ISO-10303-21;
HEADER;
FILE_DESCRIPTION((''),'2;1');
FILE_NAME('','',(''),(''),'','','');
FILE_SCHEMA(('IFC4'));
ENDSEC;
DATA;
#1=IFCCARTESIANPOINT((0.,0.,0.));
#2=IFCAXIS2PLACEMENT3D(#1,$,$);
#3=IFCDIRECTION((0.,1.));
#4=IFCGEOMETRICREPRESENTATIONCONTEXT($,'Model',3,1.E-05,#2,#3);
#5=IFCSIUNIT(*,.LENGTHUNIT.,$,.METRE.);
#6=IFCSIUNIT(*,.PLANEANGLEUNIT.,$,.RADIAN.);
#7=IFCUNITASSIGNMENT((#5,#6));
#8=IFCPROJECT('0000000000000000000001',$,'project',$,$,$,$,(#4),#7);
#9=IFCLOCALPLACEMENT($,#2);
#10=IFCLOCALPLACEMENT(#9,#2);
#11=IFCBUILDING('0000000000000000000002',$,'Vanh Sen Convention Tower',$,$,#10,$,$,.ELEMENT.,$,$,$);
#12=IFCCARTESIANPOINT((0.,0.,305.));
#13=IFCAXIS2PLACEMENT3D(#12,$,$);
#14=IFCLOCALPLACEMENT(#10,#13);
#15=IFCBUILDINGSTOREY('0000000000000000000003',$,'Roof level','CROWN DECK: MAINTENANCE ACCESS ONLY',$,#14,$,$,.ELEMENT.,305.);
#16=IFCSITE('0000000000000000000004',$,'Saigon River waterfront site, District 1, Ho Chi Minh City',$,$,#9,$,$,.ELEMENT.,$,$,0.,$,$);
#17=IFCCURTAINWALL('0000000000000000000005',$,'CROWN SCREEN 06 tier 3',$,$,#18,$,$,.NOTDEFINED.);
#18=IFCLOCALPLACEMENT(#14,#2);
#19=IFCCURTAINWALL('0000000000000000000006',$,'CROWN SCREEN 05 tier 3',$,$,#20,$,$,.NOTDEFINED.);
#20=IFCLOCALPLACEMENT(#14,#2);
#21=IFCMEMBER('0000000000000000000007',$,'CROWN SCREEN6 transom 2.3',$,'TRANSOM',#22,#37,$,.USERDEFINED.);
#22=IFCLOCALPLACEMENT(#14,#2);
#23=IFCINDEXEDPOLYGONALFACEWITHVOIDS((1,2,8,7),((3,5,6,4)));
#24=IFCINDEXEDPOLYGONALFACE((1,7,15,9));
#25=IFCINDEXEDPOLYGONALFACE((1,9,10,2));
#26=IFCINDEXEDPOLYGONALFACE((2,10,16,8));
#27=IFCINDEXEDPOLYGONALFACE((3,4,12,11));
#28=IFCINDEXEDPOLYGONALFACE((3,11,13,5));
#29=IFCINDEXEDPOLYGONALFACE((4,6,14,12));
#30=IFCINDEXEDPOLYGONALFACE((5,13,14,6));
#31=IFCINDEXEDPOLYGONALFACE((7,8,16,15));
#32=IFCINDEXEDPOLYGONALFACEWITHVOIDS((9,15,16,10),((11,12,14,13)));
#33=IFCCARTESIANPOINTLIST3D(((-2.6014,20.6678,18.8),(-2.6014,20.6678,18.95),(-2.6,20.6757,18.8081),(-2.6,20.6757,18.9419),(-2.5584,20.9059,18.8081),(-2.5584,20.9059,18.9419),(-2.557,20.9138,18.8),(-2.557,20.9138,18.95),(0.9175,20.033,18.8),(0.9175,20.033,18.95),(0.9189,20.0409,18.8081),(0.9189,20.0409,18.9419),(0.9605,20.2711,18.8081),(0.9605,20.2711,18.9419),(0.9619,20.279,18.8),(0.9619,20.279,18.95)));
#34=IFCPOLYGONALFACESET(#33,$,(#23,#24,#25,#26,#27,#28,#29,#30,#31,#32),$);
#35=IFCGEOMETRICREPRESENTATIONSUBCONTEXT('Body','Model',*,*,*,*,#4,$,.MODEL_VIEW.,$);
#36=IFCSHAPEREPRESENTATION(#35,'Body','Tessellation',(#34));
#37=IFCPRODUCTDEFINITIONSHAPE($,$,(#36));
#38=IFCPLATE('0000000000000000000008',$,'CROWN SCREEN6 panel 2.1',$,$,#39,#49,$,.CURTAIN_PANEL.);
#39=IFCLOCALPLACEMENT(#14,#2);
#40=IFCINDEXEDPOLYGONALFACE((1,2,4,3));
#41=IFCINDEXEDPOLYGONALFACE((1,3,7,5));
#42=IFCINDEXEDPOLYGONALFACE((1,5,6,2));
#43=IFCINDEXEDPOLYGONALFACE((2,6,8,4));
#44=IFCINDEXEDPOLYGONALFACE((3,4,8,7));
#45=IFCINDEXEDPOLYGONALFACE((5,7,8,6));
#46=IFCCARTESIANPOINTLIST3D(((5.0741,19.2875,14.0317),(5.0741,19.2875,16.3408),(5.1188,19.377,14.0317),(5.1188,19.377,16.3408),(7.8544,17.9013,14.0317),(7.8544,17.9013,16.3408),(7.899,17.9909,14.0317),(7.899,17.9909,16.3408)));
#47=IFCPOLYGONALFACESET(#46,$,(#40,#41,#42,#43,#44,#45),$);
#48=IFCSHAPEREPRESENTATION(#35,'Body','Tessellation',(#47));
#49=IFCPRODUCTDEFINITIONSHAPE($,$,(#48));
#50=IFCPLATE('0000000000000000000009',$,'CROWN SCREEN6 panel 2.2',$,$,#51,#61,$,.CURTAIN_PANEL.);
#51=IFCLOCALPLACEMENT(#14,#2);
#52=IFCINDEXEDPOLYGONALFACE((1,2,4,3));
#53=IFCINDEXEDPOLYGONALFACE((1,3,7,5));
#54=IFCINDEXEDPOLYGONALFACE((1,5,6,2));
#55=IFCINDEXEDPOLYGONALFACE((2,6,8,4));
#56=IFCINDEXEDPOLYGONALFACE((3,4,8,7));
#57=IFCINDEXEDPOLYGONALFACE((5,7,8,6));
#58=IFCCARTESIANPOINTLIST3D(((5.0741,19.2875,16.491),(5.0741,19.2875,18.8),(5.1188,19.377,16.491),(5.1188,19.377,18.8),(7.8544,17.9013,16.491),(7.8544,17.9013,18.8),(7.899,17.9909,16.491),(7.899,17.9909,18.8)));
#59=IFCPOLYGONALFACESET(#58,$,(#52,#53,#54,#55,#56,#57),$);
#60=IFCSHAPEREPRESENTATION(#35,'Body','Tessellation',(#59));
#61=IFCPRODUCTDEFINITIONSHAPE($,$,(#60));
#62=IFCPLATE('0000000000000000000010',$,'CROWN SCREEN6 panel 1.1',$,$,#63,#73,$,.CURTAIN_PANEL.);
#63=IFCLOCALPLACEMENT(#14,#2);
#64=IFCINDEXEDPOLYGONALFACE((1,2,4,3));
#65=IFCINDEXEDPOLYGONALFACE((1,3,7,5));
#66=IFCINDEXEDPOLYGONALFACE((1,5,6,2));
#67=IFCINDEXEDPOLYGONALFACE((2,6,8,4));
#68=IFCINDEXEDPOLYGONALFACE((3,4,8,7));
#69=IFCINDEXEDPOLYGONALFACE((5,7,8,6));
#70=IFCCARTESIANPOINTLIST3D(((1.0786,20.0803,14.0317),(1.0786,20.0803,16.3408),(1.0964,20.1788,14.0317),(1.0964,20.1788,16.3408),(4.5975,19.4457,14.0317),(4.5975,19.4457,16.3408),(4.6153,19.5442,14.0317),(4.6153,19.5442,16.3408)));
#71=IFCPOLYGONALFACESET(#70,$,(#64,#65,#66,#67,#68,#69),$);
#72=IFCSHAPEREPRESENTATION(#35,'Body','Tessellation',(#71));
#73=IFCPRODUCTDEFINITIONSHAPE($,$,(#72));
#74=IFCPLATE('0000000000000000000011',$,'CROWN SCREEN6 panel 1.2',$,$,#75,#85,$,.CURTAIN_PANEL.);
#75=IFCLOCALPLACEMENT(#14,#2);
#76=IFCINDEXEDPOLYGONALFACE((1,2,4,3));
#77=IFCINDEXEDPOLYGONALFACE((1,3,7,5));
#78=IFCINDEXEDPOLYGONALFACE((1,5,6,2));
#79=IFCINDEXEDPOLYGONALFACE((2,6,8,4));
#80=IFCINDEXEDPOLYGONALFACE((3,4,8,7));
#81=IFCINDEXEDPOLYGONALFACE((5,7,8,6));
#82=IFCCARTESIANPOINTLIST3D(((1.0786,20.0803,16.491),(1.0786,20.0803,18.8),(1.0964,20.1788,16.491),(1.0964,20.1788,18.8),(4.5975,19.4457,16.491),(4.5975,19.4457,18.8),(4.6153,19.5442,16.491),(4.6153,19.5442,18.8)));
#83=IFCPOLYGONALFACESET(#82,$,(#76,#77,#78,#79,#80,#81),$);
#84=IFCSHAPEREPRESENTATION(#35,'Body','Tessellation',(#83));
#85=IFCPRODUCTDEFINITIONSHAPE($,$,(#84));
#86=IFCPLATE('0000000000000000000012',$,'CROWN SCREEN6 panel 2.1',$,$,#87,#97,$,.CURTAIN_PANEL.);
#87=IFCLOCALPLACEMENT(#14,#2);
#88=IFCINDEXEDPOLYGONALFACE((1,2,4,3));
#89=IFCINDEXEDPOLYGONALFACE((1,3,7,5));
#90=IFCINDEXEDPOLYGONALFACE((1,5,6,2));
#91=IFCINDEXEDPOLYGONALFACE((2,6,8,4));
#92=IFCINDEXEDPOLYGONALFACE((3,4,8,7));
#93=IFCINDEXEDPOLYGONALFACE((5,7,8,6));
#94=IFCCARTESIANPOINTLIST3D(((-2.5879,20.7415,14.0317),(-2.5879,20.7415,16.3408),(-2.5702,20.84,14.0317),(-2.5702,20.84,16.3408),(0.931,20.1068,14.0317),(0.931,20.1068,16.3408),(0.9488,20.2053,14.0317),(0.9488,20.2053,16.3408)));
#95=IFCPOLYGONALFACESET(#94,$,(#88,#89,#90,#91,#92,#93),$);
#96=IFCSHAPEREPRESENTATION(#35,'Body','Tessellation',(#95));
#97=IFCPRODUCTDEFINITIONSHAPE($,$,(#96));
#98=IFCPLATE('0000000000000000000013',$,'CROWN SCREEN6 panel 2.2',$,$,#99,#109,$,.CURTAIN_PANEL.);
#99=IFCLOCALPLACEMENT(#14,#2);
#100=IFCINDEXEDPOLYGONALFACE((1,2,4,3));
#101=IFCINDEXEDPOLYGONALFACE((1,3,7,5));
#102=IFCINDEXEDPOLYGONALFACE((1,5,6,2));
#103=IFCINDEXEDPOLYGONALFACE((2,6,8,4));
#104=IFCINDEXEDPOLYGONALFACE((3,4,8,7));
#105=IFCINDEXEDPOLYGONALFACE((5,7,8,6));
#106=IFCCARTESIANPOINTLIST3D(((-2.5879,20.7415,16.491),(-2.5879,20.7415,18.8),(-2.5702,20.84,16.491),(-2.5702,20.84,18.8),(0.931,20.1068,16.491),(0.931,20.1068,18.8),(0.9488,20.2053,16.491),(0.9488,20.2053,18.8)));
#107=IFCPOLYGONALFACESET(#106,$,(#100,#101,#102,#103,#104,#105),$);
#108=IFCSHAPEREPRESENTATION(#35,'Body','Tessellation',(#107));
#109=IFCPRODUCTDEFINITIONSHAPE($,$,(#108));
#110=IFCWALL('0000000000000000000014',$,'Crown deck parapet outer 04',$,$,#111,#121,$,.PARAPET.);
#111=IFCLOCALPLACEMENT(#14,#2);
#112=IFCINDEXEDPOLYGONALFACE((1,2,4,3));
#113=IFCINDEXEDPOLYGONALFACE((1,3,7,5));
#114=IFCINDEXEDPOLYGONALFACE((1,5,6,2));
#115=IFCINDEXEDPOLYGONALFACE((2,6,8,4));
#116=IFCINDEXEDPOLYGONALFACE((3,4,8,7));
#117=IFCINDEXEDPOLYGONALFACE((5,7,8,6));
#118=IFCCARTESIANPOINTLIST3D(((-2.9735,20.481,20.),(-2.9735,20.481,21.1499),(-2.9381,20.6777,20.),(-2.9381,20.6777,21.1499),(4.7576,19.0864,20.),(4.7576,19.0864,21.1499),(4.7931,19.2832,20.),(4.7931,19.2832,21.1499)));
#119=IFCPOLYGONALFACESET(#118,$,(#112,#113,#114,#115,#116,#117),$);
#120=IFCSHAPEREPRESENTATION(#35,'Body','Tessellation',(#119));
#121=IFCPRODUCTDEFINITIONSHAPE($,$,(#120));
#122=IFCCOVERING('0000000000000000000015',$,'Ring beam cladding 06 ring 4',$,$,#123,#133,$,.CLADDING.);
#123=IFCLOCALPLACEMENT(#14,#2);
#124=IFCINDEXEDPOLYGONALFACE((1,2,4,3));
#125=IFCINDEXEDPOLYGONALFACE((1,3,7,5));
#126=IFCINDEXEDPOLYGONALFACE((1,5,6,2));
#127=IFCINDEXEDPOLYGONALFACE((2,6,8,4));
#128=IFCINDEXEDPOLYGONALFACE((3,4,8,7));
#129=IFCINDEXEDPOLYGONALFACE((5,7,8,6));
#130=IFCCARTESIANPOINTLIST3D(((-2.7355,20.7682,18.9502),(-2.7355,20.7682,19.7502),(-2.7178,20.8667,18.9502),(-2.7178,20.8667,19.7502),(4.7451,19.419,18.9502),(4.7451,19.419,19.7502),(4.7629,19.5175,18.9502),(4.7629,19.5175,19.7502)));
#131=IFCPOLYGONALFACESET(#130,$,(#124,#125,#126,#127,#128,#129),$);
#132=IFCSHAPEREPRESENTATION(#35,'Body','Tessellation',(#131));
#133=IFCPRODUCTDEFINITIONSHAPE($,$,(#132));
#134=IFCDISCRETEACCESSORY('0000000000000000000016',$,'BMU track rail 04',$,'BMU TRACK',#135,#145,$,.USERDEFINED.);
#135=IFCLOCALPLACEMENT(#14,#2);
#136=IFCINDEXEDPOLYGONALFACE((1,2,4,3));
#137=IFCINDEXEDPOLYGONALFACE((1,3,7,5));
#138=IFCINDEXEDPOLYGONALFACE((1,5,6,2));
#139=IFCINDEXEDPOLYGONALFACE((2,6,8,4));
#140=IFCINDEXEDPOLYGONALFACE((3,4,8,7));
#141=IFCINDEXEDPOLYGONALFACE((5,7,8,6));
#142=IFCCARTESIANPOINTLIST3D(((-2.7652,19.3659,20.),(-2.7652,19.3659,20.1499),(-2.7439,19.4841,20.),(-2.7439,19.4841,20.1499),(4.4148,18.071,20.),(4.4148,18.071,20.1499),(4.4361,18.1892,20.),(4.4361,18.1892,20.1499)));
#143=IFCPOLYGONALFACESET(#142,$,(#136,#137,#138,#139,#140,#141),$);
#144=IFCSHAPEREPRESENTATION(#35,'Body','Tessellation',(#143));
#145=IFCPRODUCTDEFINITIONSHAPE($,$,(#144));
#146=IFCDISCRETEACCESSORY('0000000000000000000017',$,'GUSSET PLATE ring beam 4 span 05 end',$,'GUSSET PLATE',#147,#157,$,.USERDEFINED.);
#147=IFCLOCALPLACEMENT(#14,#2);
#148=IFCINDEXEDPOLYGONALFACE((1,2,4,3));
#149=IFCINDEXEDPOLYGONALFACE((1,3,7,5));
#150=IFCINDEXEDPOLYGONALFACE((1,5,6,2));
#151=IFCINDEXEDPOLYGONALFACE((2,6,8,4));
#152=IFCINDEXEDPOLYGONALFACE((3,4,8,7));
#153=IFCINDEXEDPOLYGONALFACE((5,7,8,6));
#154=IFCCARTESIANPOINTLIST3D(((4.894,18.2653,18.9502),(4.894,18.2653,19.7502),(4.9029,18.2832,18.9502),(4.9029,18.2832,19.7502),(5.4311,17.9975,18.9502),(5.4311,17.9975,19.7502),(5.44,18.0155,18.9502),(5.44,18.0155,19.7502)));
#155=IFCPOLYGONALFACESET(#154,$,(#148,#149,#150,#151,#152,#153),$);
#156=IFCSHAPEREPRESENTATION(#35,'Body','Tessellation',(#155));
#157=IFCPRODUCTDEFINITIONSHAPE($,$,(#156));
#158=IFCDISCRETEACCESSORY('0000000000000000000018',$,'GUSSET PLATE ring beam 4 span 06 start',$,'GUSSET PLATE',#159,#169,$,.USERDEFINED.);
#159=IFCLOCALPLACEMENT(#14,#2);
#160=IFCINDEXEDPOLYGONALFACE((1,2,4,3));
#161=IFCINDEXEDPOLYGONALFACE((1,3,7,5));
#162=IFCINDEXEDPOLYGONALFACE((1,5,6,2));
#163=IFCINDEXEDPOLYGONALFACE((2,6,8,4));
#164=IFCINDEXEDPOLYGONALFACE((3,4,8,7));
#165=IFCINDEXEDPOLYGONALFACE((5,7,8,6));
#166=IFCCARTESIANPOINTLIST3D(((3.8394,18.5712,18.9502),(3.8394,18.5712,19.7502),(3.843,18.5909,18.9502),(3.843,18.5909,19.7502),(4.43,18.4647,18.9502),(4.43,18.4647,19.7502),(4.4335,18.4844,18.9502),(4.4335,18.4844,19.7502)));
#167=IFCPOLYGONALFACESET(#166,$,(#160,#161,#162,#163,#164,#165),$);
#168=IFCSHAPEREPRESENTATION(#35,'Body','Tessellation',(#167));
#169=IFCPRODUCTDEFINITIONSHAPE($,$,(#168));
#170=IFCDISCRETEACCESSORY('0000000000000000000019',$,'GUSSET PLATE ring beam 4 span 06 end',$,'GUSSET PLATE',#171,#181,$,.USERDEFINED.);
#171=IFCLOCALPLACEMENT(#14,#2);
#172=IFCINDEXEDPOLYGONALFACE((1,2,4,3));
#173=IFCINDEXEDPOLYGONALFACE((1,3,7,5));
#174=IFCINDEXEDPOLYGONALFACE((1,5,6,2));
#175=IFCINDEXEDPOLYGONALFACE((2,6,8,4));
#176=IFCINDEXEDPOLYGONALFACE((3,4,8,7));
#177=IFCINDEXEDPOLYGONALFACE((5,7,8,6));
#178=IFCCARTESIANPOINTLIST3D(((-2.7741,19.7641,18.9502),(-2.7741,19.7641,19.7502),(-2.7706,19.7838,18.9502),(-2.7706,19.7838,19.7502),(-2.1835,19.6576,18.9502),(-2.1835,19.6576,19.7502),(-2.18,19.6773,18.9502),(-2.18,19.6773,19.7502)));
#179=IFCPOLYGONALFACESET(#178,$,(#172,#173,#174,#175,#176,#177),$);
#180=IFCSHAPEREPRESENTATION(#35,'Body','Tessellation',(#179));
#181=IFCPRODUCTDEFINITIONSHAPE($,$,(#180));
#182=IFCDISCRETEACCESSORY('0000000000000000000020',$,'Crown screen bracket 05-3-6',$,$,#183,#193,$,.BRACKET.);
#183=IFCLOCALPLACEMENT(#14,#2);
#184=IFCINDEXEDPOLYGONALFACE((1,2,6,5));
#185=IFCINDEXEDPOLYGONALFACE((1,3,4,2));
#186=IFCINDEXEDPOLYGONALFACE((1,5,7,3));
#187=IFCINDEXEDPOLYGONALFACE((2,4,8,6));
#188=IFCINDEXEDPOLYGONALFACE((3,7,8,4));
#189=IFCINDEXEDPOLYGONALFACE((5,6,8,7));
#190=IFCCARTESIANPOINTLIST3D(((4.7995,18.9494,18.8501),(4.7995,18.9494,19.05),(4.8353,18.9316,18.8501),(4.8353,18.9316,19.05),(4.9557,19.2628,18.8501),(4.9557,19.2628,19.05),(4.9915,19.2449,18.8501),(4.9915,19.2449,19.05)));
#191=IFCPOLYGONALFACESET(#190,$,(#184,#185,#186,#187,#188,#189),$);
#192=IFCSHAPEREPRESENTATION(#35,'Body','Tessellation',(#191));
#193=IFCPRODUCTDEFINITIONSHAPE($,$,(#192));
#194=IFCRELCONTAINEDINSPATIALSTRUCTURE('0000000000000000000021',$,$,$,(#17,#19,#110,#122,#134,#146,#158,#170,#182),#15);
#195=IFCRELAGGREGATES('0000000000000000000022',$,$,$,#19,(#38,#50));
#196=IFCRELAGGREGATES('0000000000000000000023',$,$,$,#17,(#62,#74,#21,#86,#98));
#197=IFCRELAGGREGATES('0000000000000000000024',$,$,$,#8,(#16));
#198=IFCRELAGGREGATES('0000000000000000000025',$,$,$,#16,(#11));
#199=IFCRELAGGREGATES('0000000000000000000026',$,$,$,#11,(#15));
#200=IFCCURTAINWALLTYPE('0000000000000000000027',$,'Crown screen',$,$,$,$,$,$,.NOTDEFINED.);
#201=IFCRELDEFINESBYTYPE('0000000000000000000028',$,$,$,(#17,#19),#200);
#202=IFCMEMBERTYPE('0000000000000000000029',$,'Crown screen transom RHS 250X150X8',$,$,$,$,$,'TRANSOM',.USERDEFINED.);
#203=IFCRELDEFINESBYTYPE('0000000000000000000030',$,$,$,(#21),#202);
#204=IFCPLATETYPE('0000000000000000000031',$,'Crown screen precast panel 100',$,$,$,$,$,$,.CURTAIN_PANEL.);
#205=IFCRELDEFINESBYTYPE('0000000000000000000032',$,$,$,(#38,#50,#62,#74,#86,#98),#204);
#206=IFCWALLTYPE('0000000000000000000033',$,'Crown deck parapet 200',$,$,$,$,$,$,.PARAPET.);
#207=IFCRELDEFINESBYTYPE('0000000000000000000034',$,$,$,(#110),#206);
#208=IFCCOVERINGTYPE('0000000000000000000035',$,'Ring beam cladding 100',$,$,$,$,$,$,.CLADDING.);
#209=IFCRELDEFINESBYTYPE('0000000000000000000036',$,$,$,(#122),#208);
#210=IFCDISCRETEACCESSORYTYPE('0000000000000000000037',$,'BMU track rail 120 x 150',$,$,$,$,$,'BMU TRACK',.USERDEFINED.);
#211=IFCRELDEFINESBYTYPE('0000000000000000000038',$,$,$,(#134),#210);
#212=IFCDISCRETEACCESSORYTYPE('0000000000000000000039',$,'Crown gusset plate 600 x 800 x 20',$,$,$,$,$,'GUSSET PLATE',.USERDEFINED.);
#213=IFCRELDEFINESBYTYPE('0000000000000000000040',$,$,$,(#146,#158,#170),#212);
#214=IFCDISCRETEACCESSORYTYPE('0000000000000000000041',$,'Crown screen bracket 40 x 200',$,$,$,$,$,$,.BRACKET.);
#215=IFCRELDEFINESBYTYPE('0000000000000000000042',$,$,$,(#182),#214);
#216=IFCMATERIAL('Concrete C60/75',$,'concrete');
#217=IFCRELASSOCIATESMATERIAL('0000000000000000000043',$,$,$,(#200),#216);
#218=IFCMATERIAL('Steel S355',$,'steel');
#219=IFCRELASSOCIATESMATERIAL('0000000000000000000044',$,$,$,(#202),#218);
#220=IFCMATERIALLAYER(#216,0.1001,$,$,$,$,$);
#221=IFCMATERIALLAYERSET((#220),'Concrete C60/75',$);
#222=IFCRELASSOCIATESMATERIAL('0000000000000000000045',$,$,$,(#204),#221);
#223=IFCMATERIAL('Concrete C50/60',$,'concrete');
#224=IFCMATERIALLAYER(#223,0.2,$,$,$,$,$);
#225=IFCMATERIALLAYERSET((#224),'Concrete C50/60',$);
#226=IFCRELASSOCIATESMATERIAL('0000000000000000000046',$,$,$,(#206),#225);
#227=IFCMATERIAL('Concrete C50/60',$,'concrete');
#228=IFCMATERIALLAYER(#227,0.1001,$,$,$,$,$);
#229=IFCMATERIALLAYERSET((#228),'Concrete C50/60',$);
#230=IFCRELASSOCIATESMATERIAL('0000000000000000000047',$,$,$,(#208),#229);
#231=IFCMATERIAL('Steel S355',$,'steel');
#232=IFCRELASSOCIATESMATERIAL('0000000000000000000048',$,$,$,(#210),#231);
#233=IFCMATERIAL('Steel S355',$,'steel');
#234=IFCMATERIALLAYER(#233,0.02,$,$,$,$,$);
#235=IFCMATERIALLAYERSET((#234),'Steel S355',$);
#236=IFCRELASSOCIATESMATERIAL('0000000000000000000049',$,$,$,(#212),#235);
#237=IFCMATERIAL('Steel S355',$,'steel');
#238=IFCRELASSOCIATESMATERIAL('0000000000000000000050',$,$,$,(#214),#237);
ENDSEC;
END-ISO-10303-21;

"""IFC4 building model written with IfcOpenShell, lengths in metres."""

from ifc_helpers import new_model, si_unit, direction, frame, frame_2d, origin, origin_2d, place, context, subcontext, project, spatial, rectangle, hollow_rectangle, extrude, material, layer, layer_set, material_profile, profile_set, type_object, element, aggregate, save


model = new_model("IFC4")

# Units and contexts
model_context = context("Model", 3, precision=1e-05, world=origin(), true_north=direction((0.0, 1.0)))
body_context = subcontext(model_context, "Body", "Model", "MODEL_VIEW")
ifc_project = project(units=[si_unit("LENGTHUNIT", "METRE"), si_unit("PLANEANGLEUNIT", "RADIAN")], contexts=[model_context])

# Site, building, storey
site_placement = place(None, origin())
site = spatial("IfcSite", under=ifc_project, at=site_placement, Name="Saigon River waterfront site, District 1, Ho Chi Minh City", CompositionType="ELEMENT", RefElevation=0.0)
building_placement = place(site_placement, origin())
building = spatial("IfcBuilding", under=site, at=building_placement, Name="Vanh Sen Convention Tower", CompositionType="ELEMENT")
storey_placement = place(building_placement, frame((0.0, 0.0, 305.0)))
storey = spatial("IfcBuildingStorey", under=building, at=storey_placement, Name="Roof level", Description="CROWN DECK: MAINTENANCE ACCESS ONLY", CompositionType="ELEMENT", Elevation=305.0)

# Curtain wall
ifc_material_1 = material(Name="Concrete C60/75", Category="concrete")
curtain_wall_type = type_object("IfcCurtainWallType", Name="Crown screen", PredefinedType="NOTDEFINED", material=ifc_material_1)
curtain_wall_1_placement = place(storey_placement, origin())
curtain_wall_1 = element("IfcCurtainWall", 1, at=curtain_wall_1_placement, inside=storey, type_object=curtain_wall_type, Name="CROWN SCREEN 06 tier 3", PredefinedType="NOTDEFINED")
ifc_material_2 = material(Name="Steel S355", Category="steel")

# Curtain wall
curtain_wall_2_placement = place(storey_placement, origin())
curtain_wall_2 = element("IfcCurtainWall", 2, at=curtain_wall_2_placement, inside=storey, type_object=curtain_wall_type, Name="CROWN SCREEN 05 tier 3", PredefinedType="NOTDEFINED")
ifc_material_profile_1 = material_profile(ifc_material_2, hollow_rectangle(XDim=0.25, YDim=0.1499, WallThickness=0.0081, at=origin_2d()), Name="RHS 250X150X8")
ifc_profile_set_1 = profile_set([ifc_material_profile_1], Name="Steel S355")
member_type_1 = type_object("IfcMemberType", Name="Crown screen transom RHS 250X150X8", ElementType="TRANSOM", PredefinedType="USERDEFINED", material=ifc_profile_set_1)

# Member
member_1_placement = place(storey_placement, frame((0.9397, 20.156, 18.875), z_axis=(-0.984116, 0.177527, 0.0), x_axis=(-0.177527, -0.984116, 0.0)))
member_1 = element("IfcMember", 3, at=member_1_placement, type_object=member_type_1, Name="CROWN SCREEN6 transom 2.3", ObjectType="TRANSOM", PredefinedType="USERDEFINED", context=body_context, shape_type="SweptSolid", body=[
    extrude(hollow_rectangle(XDim=0.25, YDim=0.1499, WallThickness=0.0081, at=origin_2d()), origin(), (0.0, 0.0, 1.0), 3.5757),
])

# Plates
ifc_layer_1 = layer(ifc_material_1, 0.1001)
ifc_layer_set_1 = layer_set([ifc_layer_1], Name="Concrete C60/75")
plate_type = type_object("IfcPlateType", Name="Crown screen precast panel 100", PredefinedType="CURTAIN_PANEL", material=ifc_layer_set_1)
plate_1_placement = place(storey_placement, frame((6.4866, 18.6392, 14.0317), z_axis=(0.0, 0.0, 1.0), x_axis=(-0.894937, 0.446193, 0.0)))
plate_1 = element("IfcPlate", 4, at=plate_1_placement, type_object=plate_type, Name="CROWN SCREEN6 panel 2.1", PredefinedType="CURTAIN_PANEL", context=body_context, shape_type="SweptSolid", body=[
    extrude(rectangle(XDim=3.1067, YDim=0.1001, at=origin_2d()), origin(), (0.0, 0.0, 1.0), 2.3091),
])
plate_2_placement = place(storey_placement, frame((6.4866, 18.6392, 16.491), z_axis=(0.0, 0.0, 1.0), x_axis=(-0.894937, 0.446193, 0.0)))
plate_2 = element("IfcPlate", 5, at=plate_2_placement, type_object=plate_type, Name="CROWN SCREEN6 panel 2.2", PredefinedType="CURTAIN_PANEL", context=body_context, shape_type="SweptSolid", body=[
    extrude(rectangle(XDim=3.1067, YDim=0.1001, at=origin_2d()), origin(), (0.0, 0.0, 1.0), 2.3091),
])
aggregate(curtain_wall_2, [plate_1, plate_2])
plate_3_placement = place(storey_placement, frame((2.8469, 19.8123, 14.0317), z_axis=(0.0, 0.0, 1.0), x_axis=(-0.984122, 0.177496, 0.0)))
plate_3 = element("IfcPlate", 6, at=plate_3_placement, type_object=plate_type, Name="CROWN SCREEN6 panel 1.1", PredefinedType="CURTAIN_PANEL", context=body_context, shape_type="SweptSolid", body=[
    extrude(rectangle(XDim=3.5757, YDim=0.1001, at=origin_2d()), origin(), (0.0, 0.0, 1.0), 2.3091),
])
plate_4_placement = place(storey_placement, frame((2.8469, 19.8123, 16.491), z_axis=(0.0, 0.0, 1.0), x_axis=(-0.984122, 0.177496, 0.0)))
plate_4 = element("IfcPlate", 7, at=plate_4_placement, type_object=plate_type, Name="CROWN SCREEN6 panel 1.2", PredefinedType="CURTAIN_PANEL", context=body_context, shape_type="SweptSolid", body=[
    extrude(rectangle(XDim=3.5757, YDim=0.1001, at=origin_2d()), origin(), (0.0, 0.0, 1.0), 2.3091),
])
plate_5_placement = place(storey_placement, frame((-0.8196, 20.4734, 14.0317), z_axis=(0.0, 0.0, 1.0), x_axis=(-0.984122, 0.177496, 0.0)))
plate_5 = element("IfcPlate", 8, at=plate_5_placement, type_object=plate_type, Name="CROWN SCREEN6 panel 2.1", PredefinedType="CURTAIN_PANEL", context=body_context, shape_type="SweptSolid", body=[
    extrude(rectangle(XDim=3.5757, YDim=0.1001, at=origin_2d()), origin(), (0.0, 0.0, 1.0), 2.3091),
])
plate_6_placement = place(storey_placement, frame((-0.8196, 20.4734, 16.491), z_axis=(0.0, 0.0, 1.0), x_axis=(-0.984122, 0.177496, 0.0)))
plate_6 = element("IfcPlate", 9, at=plate_6_placement, type_object=plate_type, Name="CROWN SCREEN6 panel 2.2", PredefinedType="CURTAIN_PANEL", context=body_context, shape_type="SweptSolid", body=[
    extrude(rectangle(XDim=3.5757, YDim=0.1001, at=origin_2d()), origin(), (0.0, 0.0, 1.0), 2.3091),
])
aggregate(curtain_wall_1, [plate_3, plate_4, member_1, plate_5, plate_6])

# Wall
ifc_material_3 = material(Name="Concrete C50/60", Category="concrete")
ifc_layer_2 = layer(ifc_material_3, 0.2)
ifc_layer_set_2 = layer_set([ifc_layer_2], Name="Concrete C50/60")
wall_type = type_object("IfcWallType", Name="Crown deck parapet 200", PredefinedType="PARAPET", material=ifc_layer_set_2)
wall_placement = place(storey_placement, frame((4.7754, 19.1848, 20.0), z_axis=(0.0, 0.0, 1.0), x_axis=(-0.984119, 0.177512, 0.0)))
element("IfcWall", 10, at=wall_placement, inside=storey, type_object=wall_type, Name="Crown deck parapet outer 04", PredefinedType="PARAPET", context=body_context, shape_type="SweptSolid", body=[
    extrude(rectangle(XDim=7.856, YDim=0.2, at=frame_2d((3.928, 0.0))), origin(), (0.0, 0.0, 1.0), 1.1499),
])

# Covering
ifc_material_4 = material(Name="Concrete C50/60", Category="concrete")
ifc_layer_3 = layer(ifc_material_4, 0.1001)
ifc_layer_set_3 = layer_set([ifc_layer_3], Name="Concrete C50/60")
covering_type = type_object("IfcCoveringType", Name="Ring beam cladding 100", PredefinedType="CLADDING", material=ifc_layer_set_3)
covering_placement = place(storey_placement, frame((1.0137, 20.1428, 18.9502), z_axis=(0.0, 0.0, 1.0), x_axis=(-0.984122, 0.177495, 0.0)))
element("IfcCovering", 11, at=covering_placement, inside=storey, type_object=covering_type, Name="Ring beam cladding 06 ring 4", PredefinedType="CLADDING", context=body_context, shape_type="SweptSolid", body=[
    extrude(rectangle(XDim=7.6013, YDim=0.1001, at=origin_2d()), origin(), (0.0, 0.0, 1.0), 0.8),
])

# Discrete accessories
ifc_material_5 = material(Name="Steel S355", Category="steel")
discrete_accessory_type_1 = type_object("IfcDiscreteAccessoryType", Name="BMU track rail 120 x 150", ElementType="BMU TRACK", PredefinedType="USERDEFINED", material=ifc_material_5)
discrete_accessory_1_placement = place(storey_placement, frame((0.8354, 18.7776, 20.0), z_axis=(0.0, 0.0, 1.0), x_axis=(-0.984124, 0.177485, 0.0)))
element("IfcDiscreteAccessory", 12, at=discrete_accessory_1_placement, inside=storey, type_object=discrete_accessory_type_1, Name="BMU track rail 04", ObjectType="BMU TRACK", PredefinedType="USERDEFINED", context=body_context, shape_type="SweptSolid", body=[
    extrude(rectangle(XDim=7.2959, YDim=0.1201, at=origin_2d()), origin(), (0.0, 0.0, 1.0), 0.1499),
])
ifc_material_6 = material(Name="Steel S355", Category="steel")
ifc_layer_4 = layer(ifc_material_6, 0.02)
ifc_layer_set_4 = layer_set([ifc_layer_4], Name="Steel S355")
discrete_accessory_type_2 = type_object("IfcDiscreteAccessoryType", Name="Crown gusset plate 600 x 800 x 20", ElementType="GUSSET PLATE", PredefinedType="USERDEFINED", material=ifc_layer_set_4)
for number, where, z_axis, x_axis, name in (
    (13, (5.167, 18.1404, 18.9502), (0.0, 0.0, 1.0), (0.894937, -0.446193, 0.0), "GUSSET PLATE ring beam 4 span 05 end"),
    (14, (4.1365, 18.5278, 18.9502), (0.0, 0.0, 1.0), (-0.984122, 0.177495, 0.0), "GUSSET PLATE ring beam 4 span 06 start"),
    (15, (-2.4771, 19.7207, 18.9502), (0.0, 0.0, 1.0), (0.984122, -0.177495, 0.0), "GUSSET PLATE ring beam 4 span 06 end"),
):
    element("IfcDiscreteAccessory", number, at=place(storey_placement, frame(where, z_axis=z_axis, x_axis=x_axis)), inside=storey, type_object=discrete_accessory_type_2, Name=name, ObjectType="GUSSET PLATE", PredefinedType="USERDEFINED", context=body_context, shape_type="SweptSolid", body=[
        extrude(rectangle(XDim=0.6001, YDim=0.02, at=origin_2d()), origin(), (0.0, 0.0, 1.0), 0.8),
    ])
ifc_material_7 = material(Name="Steel S355", Category="steel")
discrete_accessory_type_3 = type_object("IfcDiscreteAccessoryType", Name="Crown screen bracket 40 x 200", PredefinedType="BRACKET", material=ifc_material_7)
for number, where, z_axis, x_axis, name in (
    (16, (4.8955, 19.0972, 18.8501), (0.0, 0.0, 1.0), (0.446193, 0.894937, 0.0), "Crown screen bracket 05-3-6"),
):
    element("IfcDiscreteAccessory", number, at=place(storey_placement, frame(where, z_axis=z_axis, x_axis=x_axis)), inside=storey, type_object=discrete_accessory_type_3, Name=name, PredefinedType="BRACKET", context=body_context, shape_type="SweptSolid", body=[
        extrude(rectangle(XDim=0.3501, YDim=0.04, at=origin_2d()), origin(), (0.0, 0.0, 1.0), 0.2),
    ])

save(model, "model.ifc")
